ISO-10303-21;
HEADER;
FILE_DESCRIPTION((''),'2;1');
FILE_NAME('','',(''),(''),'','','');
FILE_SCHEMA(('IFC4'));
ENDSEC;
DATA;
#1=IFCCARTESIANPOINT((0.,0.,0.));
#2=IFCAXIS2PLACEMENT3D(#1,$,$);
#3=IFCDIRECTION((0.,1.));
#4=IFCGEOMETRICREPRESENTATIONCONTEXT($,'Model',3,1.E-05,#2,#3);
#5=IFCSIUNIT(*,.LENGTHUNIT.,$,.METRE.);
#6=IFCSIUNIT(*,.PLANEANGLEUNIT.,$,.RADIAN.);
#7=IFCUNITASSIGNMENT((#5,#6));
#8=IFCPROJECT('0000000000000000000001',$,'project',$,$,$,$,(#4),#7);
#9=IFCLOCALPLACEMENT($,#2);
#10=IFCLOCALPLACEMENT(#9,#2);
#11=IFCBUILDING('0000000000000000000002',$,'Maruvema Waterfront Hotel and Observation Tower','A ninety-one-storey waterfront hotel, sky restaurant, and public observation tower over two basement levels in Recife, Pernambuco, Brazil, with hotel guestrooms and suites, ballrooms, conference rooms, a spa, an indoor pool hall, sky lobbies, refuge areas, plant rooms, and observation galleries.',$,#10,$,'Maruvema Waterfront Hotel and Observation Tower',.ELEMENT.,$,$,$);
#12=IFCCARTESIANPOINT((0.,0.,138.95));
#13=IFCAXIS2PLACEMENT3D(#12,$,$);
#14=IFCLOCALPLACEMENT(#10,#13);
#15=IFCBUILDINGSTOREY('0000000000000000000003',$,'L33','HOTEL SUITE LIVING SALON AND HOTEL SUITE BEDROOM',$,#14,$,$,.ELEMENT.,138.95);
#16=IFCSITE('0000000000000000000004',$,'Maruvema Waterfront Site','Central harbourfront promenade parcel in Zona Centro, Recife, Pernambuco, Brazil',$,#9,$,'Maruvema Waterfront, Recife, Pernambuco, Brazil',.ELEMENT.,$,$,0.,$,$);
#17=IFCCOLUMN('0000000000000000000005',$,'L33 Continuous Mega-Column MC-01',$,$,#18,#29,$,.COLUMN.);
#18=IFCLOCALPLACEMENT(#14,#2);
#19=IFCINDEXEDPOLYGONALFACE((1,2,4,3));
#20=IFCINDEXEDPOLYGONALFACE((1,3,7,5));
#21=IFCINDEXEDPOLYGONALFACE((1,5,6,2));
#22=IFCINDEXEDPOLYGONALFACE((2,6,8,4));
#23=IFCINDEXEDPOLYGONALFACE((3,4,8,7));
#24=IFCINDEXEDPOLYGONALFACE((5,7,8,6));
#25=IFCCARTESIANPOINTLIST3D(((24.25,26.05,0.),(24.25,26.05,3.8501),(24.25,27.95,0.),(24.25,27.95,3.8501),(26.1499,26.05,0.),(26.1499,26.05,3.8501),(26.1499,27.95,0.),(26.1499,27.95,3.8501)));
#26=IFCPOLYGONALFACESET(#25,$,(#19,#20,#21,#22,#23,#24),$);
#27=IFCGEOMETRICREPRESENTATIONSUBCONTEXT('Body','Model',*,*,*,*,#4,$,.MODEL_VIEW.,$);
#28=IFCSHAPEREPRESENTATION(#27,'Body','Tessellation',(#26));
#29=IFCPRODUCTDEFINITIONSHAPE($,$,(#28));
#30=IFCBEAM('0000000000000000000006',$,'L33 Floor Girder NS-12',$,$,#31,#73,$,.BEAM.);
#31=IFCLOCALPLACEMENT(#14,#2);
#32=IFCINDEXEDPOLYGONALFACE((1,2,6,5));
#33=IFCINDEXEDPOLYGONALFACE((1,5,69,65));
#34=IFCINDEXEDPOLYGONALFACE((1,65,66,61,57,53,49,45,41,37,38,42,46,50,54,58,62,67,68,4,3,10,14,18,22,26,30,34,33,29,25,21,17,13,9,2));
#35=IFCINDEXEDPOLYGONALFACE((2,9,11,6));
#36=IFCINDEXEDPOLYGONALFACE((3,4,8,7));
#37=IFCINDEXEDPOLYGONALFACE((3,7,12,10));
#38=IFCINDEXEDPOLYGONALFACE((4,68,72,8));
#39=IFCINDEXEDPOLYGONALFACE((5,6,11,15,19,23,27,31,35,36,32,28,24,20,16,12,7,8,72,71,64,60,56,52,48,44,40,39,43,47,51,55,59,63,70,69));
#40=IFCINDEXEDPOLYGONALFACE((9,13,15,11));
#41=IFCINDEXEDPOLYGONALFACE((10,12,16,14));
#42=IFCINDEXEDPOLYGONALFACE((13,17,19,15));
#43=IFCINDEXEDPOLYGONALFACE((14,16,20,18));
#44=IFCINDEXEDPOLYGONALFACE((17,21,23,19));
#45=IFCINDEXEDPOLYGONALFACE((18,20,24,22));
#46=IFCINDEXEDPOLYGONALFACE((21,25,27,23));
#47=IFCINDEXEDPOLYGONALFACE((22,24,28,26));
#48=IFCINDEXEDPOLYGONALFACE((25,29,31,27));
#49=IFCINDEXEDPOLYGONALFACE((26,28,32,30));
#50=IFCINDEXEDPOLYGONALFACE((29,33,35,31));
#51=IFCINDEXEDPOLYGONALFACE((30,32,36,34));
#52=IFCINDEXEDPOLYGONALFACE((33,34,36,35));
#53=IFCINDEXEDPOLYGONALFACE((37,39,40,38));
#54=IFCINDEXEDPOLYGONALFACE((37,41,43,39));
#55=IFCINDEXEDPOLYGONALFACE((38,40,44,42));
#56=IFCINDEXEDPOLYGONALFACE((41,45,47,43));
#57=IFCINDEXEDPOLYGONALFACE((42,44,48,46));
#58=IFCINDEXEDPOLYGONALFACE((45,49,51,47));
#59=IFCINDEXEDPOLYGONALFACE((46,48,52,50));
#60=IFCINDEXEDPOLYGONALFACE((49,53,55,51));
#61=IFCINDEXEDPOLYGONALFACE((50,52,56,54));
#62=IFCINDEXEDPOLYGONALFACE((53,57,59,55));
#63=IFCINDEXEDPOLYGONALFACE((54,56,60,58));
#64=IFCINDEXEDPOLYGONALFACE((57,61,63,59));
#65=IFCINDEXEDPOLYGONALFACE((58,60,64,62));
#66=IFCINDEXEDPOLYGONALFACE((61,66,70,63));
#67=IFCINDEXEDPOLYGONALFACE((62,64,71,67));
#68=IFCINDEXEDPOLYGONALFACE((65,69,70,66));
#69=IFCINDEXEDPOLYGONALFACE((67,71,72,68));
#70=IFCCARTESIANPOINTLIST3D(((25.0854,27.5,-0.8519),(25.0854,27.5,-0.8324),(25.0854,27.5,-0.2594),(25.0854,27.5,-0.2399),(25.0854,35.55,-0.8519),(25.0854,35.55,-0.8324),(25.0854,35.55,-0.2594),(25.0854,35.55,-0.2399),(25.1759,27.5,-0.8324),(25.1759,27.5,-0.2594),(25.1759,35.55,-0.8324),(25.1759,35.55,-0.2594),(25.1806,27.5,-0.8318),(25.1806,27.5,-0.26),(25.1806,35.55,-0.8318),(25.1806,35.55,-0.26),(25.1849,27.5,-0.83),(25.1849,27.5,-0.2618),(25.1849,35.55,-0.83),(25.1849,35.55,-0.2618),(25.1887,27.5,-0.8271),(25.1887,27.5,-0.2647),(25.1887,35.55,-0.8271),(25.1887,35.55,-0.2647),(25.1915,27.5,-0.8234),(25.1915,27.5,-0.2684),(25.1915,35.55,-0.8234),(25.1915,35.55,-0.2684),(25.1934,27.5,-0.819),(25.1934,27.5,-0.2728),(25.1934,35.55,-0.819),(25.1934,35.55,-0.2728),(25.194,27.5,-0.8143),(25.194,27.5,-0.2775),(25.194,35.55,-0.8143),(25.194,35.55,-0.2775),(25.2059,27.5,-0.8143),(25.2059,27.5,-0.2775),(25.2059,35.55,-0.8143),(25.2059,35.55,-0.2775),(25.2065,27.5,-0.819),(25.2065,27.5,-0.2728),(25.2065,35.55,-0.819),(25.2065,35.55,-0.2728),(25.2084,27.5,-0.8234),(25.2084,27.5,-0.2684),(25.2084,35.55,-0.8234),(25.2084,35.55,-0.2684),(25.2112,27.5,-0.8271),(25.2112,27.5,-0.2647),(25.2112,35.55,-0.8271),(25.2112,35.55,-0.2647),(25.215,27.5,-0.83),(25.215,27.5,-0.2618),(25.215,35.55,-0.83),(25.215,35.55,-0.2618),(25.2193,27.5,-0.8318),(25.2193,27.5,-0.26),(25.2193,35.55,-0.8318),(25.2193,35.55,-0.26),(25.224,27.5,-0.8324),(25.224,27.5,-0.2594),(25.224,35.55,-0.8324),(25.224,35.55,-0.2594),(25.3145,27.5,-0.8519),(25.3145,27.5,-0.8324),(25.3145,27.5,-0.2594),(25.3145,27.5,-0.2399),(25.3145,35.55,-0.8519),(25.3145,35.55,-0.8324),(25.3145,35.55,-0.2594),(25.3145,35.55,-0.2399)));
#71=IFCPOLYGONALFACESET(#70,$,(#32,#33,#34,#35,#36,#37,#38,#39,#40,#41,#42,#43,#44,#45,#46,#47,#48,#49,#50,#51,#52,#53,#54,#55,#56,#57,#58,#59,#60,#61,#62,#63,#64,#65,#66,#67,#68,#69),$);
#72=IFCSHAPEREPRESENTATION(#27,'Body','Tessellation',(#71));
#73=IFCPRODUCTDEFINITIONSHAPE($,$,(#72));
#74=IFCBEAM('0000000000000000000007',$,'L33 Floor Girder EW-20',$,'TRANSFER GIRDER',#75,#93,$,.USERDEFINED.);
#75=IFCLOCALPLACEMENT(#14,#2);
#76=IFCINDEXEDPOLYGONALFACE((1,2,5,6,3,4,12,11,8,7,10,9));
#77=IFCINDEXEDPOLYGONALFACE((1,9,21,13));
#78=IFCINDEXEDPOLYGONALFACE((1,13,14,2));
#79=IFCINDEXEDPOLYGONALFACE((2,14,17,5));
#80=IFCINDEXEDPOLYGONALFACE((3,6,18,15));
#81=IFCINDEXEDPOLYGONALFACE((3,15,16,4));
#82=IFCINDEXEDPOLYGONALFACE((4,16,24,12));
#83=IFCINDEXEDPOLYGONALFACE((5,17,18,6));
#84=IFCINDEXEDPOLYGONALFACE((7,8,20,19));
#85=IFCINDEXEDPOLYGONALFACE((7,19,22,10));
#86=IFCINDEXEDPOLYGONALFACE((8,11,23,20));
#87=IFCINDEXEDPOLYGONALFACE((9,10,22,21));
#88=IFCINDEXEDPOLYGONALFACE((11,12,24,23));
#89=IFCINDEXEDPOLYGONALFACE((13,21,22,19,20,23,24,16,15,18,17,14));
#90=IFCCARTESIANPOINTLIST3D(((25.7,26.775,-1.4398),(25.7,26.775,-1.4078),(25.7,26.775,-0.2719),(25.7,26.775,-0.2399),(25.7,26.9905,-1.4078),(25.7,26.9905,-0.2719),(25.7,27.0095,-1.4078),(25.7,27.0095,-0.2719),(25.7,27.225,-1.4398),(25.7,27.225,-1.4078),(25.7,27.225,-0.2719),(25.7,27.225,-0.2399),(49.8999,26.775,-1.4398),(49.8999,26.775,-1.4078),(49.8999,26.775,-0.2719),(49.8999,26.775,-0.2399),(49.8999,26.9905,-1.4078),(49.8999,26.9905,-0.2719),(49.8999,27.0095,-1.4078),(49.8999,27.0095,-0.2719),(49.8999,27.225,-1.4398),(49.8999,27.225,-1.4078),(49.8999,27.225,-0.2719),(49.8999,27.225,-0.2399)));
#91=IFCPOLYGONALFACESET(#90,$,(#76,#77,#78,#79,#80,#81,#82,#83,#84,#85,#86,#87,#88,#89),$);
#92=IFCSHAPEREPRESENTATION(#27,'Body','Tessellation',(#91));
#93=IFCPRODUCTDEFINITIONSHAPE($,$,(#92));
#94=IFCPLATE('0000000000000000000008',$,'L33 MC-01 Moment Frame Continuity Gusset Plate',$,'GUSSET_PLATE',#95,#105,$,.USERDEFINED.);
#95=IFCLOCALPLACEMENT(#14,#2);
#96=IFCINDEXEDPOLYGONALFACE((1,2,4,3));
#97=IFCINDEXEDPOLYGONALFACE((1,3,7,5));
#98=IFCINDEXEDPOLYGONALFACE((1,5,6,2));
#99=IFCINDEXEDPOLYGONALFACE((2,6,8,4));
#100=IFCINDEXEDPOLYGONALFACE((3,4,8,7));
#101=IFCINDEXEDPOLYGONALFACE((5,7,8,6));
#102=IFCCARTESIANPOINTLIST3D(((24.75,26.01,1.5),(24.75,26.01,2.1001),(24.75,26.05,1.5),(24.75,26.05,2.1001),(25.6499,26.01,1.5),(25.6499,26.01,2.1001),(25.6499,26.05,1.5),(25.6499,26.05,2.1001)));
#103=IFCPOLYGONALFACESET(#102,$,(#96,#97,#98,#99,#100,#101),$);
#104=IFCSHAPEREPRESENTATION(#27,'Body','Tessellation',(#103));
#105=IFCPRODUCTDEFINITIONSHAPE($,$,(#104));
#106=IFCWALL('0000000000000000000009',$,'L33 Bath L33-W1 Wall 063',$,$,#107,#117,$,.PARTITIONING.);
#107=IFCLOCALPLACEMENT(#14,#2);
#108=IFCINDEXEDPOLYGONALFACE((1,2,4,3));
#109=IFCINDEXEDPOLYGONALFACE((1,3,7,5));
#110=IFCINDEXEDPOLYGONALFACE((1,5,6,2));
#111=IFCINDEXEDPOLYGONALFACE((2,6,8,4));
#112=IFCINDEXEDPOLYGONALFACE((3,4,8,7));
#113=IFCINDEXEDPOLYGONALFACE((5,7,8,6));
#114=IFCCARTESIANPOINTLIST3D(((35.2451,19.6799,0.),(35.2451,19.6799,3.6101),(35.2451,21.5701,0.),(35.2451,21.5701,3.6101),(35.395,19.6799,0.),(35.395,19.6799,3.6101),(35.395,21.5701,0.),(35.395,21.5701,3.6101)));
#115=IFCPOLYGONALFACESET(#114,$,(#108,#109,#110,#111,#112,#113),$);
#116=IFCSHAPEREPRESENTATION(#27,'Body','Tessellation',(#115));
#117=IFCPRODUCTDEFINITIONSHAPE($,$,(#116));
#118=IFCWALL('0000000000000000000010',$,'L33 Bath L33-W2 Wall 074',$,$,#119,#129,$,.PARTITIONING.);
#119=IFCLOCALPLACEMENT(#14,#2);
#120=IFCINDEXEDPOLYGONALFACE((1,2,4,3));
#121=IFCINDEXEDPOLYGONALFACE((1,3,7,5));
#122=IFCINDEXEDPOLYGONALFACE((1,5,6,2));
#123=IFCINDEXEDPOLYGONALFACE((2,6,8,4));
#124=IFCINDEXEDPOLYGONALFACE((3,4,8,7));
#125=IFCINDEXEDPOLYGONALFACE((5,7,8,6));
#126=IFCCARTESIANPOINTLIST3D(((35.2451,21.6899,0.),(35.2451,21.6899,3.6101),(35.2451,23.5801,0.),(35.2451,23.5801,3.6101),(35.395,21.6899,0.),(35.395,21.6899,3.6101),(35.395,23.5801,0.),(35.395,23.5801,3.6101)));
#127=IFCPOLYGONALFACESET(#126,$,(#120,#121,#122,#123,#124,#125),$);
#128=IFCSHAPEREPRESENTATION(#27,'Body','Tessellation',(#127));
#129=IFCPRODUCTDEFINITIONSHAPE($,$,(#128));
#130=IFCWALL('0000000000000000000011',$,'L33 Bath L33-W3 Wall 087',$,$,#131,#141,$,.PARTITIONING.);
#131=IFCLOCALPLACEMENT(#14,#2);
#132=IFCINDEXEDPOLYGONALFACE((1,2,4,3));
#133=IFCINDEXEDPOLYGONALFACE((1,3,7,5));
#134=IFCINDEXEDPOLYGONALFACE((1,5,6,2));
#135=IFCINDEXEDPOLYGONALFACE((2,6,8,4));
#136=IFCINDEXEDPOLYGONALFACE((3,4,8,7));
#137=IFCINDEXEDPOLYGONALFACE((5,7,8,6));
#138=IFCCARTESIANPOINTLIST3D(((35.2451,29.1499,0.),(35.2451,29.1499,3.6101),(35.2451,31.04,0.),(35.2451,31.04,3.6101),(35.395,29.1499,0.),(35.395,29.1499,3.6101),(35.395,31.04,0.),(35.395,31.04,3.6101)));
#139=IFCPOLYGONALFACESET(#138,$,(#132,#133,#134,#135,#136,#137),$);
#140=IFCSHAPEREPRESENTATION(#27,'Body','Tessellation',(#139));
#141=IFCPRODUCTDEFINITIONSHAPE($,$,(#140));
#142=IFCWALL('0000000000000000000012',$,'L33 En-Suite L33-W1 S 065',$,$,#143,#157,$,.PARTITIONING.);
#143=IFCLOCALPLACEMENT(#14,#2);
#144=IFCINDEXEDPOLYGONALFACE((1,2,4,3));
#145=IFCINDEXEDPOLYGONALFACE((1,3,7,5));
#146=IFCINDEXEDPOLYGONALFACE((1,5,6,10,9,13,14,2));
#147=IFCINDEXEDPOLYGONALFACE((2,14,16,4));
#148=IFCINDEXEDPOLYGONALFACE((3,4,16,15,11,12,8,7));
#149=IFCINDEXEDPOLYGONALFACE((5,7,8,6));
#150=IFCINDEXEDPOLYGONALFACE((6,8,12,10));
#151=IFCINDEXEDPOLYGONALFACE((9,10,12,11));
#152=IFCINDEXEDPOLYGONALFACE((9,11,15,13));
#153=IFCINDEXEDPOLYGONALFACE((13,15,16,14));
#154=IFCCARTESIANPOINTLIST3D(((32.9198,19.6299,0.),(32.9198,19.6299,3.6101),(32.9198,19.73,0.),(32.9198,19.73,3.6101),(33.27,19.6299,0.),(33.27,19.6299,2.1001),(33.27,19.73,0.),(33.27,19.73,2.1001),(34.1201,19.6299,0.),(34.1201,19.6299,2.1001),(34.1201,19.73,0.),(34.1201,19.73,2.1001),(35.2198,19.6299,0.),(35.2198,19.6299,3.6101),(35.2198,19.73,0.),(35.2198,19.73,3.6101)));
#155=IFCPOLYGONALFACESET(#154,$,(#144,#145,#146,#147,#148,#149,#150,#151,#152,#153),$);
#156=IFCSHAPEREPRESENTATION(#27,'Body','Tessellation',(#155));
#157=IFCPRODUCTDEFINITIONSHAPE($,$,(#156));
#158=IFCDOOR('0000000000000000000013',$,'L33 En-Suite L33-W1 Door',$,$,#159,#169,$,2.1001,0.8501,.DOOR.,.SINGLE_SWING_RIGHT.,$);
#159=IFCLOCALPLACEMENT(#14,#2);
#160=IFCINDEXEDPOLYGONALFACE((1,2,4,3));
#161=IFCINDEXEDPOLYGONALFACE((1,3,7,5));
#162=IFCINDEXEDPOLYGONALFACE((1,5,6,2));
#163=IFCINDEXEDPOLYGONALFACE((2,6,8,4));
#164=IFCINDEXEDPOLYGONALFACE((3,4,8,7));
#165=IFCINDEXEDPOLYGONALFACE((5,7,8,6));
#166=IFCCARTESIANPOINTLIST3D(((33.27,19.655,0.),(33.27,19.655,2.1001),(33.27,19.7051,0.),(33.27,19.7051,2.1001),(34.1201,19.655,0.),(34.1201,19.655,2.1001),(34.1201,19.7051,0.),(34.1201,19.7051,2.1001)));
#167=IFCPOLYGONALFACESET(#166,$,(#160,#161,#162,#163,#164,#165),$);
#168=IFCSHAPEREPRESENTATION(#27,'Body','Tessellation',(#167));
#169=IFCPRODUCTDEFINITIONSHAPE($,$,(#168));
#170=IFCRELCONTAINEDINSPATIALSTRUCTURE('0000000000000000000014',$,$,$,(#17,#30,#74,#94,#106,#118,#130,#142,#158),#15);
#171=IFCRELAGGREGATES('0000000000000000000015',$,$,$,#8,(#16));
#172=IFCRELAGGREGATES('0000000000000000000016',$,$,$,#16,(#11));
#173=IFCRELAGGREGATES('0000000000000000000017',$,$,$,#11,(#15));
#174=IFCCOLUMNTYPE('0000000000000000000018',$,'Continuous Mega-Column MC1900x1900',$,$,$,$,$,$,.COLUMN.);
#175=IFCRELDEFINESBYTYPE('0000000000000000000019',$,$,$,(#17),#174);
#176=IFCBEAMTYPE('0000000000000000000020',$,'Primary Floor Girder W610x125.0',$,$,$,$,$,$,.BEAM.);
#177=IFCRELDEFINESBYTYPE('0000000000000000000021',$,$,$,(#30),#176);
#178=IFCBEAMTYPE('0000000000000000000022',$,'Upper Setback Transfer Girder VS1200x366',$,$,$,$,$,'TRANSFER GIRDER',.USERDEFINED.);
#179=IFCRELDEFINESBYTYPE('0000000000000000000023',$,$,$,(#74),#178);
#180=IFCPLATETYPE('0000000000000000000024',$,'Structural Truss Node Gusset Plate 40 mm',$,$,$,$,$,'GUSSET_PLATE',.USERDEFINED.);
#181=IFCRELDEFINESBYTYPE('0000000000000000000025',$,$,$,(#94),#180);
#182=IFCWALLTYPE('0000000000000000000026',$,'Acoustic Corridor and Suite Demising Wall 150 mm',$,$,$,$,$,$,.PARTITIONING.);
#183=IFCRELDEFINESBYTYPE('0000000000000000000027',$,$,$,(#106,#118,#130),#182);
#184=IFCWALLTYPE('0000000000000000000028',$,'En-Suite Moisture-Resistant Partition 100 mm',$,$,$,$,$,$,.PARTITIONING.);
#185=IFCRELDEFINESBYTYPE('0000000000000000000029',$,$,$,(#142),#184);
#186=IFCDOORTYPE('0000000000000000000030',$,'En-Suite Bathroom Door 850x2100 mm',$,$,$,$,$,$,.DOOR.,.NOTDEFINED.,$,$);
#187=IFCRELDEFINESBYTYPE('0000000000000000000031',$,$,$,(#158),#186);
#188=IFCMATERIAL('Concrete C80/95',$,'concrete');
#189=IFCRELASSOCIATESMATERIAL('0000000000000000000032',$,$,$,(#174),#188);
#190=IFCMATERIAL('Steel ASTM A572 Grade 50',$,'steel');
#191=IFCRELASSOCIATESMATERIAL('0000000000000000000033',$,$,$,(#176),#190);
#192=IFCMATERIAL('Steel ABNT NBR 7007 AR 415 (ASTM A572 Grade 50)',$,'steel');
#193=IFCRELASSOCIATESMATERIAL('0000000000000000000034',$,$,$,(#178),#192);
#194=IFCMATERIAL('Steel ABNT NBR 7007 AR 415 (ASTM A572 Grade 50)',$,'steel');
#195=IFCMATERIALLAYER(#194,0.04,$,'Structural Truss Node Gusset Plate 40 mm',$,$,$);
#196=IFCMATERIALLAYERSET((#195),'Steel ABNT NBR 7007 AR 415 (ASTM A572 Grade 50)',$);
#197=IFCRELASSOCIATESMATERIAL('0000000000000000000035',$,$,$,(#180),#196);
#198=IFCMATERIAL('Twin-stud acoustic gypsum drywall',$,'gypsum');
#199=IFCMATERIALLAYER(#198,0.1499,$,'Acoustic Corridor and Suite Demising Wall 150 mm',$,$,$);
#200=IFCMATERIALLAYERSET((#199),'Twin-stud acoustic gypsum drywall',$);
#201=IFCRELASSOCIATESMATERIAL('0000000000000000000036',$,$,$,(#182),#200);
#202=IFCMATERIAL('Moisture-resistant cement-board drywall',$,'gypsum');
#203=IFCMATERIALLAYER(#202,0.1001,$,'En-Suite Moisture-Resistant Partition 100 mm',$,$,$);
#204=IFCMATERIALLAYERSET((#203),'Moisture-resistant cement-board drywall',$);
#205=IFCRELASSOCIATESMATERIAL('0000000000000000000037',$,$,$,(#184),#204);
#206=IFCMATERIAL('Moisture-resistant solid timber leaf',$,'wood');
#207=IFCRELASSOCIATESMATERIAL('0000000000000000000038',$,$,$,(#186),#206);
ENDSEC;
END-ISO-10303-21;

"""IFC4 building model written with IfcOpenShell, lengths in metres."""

from ifc_helpers import new_model, si_unit, direction, frame, frame_2d, origin, origin_2d, place, context, subcontext, project, spatial, rectangle, i_section, extrude, material, layer, layer_set, material_profile, profile_set, type_object, element, fill, save


model = new_model("IFC4")

# Units and contexts
model_context = context("Model", 3, precision=1e-05, world=origin(), true_north=direction((0.0, 1.0)))
body_context = subcontext(model_context, "Body", "Model", "MODEL_VIEW")
ifc_project = project(units=[si_unit("LENGTHUNIT", "METRE"), si_unit("PLANEANGLEUNIT", "RADIAN")], contexts=[model_context])

# Site, building, storey
site_placement = place(None, origin())
site = spatial("IfcSite", under=ifc_project, at=site_placement, Name="Maruvema Waterfront Site", Description="Central harbourfront promenade parcel in Zona Centro, Recife, Pernambuco, Brazil", LongName="Maruvema Waterfront, Recife, Pernambuco, Brazil", CompositionType="ELEMENT", RefElevation=0.0)
building_placement = place(site_placement, origin())
building = spatial("IfcBuilding", under=site, at=building_placement, Name="Maruvema Waterfront Hotel and Observation Tower", Description="A ninety-one-storey waterfront hotel, sky restaurant, and public observation tower over two basement levels in Recife, Pernambuco, Brazil, with hotel guestrooms and suites, ballrooms, conference rooms, a spa, an indoor pool hall, sky lobbies, refuge areas, plant rooms, and observation galleries.", LongName="Maruvema Waterfront Hotel and Observation Tower", CompositionType="ELEMENT")
storey_placement = place(building_placement, frame((0.0, 0.0, 138.95)))
storey = spatial("IfcBuildingStorey", under=building, at=storey_placement, Name="L33", Description="HOTEL SUITE LIVING SALON AND HOTEL SUITE BEDROOM", CompositionType="ELEMENT", Elevation=138.95)

# Column
ifc_material_1 = material(Name="Concrete C80/95", Category="concrete")
ifc_material_profile_1 = material_profile(ifc_material_1, rectangle(XDim=1.8999, YDim=1.8999, at=origin_2d()), Name="MC1900x1900")
ifc_profile_set_1 = profile_set([ifc_material_profile_1], Name="Concrete C80/95")
column_type = type_object("IfcColumnType", Name="Continuous Mega-Column MC1900x1900", PredefinedType="COLUMN", material=ifc_profile_set_1)
column_placement = place(storey_placement, frame((25.2, 27.0, 0.0), z_axis=(0.0, 0.0, 1.0), x_axis=(1.0, 0.0, 0.0)))
element("IfcColumn", 1, at=column_placement, inside=storey, type_object=column_type, Name="L33 Continuous Mega-Column MC-01", PredefinedType="COLUMN", context=body_context, shape_type="SweptSolid", body=[
    extrude(rectangle(XDim=1.8999, YDim=1.8999, at=origin_2d()), origin(), (0.0, 0.0, 1.0), 3.8501),
])

# Beams
ifc_material_2 = material(Name="Steel ASTM A572 Grade 50", Category="steel")
ifc_material_profile_2 = material_profile(ifc_material_2, i_section(OverallWidth=0.229, OverallDepth=0.6121, WebThickness=0.012, FlangeThickness=0.0195, FilletRadius=0.0181, at=origin_2d()), Name="W610x125.0")
ifc_profile_set_2 = profile_set([ifc_material_profile_2], Name="Steel ASTM A572 Grade 50")
beam_type_1 = type_object("IfcBeamType", Name="Primary Floor Girder W610x125.0", PredefinedType="BEAM", material=ifc_profile_set_2)
beam_1_placement = place(storey_placement, frame((25.2, 27.5, -0.5459), z_axis=(0.0, 1.0, 0.0), x_axis=(-1.0, 0.0, 0.0)))
element("IfcBeam", 2, at=beam_1_placement, inside=storey, type_object=beam_type_1, Name="L33 Floor Girder NS-12", PredefinedType="BEAM", context=body_context, shape_type="SweptSolid", body=[
    extrude(i_section(OverallWidth=0.229, OverallDepth=0.6121, WebThickness=0.012, FlangeThickness=0.0195, FilletRadius=0.0181, at=origin_2d()), origin(), (0.0, 0.0, 1.0), 8.05),
])
ifc_material_3 = material(Name="Steel ABNT NBR 7007 AR 415 (ASTM A572 Grade 50)", Category="steel")
ifc_material_profile_3 = material_profile(ifc_material_3, i_section(OverallWidth=0.45, OverallDepth=1.2, WebThickness=0.019, FlangeThickness=0.032, at=origin_2d()), Name="VS1200x366")
ifc_profile_set_3 = profile_set([ifc_material_profile_3], Name="Steel ABNT NBR 7007 AR 415 (ASTM A572 Grade 50)")
beam_type_2 = type_object("IfcBeamType", Name="Upper Setback Transfer Girder VS1200x366", ElementType="TRANSFER GIRDER", PredefinedType="USERDEFINED", material=ifc_profile_set_3)
beam_2_placement = place(storey_placement, frame((25.7, 27.0, -0.8398), z_axis=(1.0, 0.0, 0.0), x_axis=(0.0, 1.0, 0.0)))
element("IfcBeam", 3, at=beam_2_placement, inside=storey, type_object=beam_type_2, Name="L33 Floor Girder EW-20", ObjectType="TRANSFER GIRDER", PredefinedType="USERDEFINED", context=body_context, shape_type="SweptSolid", body=[
    extrude(i_section(OverallWidth=0.45, OverallDepth=1.2, WebThickness=0.019, FlangeThickness=0.032, at=origin_2d()), origin(), (0.0, 0.0, 1.0), 24.2),
])

# Plate
ifc_material_4 = material(Name="Steel ABNT NBR 7007 AR 415 (ASTM A572 Grade 50)", Category="steel")
ifc_layer_1 = layer(ifc_material_4, 0.04, Name="Structural Truss Node Gusset Plate 40 mm")
ifc_layer_set_1 = layer_set([ifc_layer_1], Name="Steel ABNT NBR 7007 AR 415 (ASTM A572 Grade 50)")
plate_type = type_object("IfcPlateType", Name="Structural Truss Node Gusset Plate 40 mm", ElementType="GUSSET_PLATE", PredefinedType="USERDEFINED", material=ifc_layer_set_1)
plate_placement = place(storey_placement, frame((25.2, 26.03, 1.5), z_axis=(0.0, 0.0, 1.0), x_axis=(1.0, 0.0, 0.0)))
element("IfcPlate", 4, at=plate_placement, inside=storey, type_object=plate_type, Name="L33 MC-01 Moment Frame Continuity Gusset Plate", ObjectType="GUSSET_PLATE", PredefinedType="USERDEFINED", context=body_context, shape_type="SweptSolid", body=[
    extrude(rectangle(XDim=0.8999, YDim=0.04, at=origin_2d()), origin(), (0.0, 0.0, 1.0), 0.6001),
])

# Walls
ifc_material_5 = material(Name="Twin-stud acoustic gypsum drywall", Category="gypsum")
ifc_layer_2 = layer(ifc_material_5, 0.1499, Name="Acoustic Corridor and Suite Demising Wall 150 mm")
ifc_layer_set_2 = layer_set([ifc_layer_2], Name="Twin-stud acoustic gypsum drywall")
wall_type_1 = type_object("IfcWallType", Name="Acoustic Corridor and Suite Demising Wall 150 mm", PredefinedType="PARTITIONING", material=ifc_layer_set_2)
for number, where, z_axis, x_axis, name in (
    (5, (35.3201, 19.6799, 0.0), (0.0, 0.0, 1.0), (0.0, 1.0, 0.0), "L33 Bath L33-W1 Wall 063"),
    (6, (35.3201, 21.6899, 0.0), (0.0, 0.0, 1.0), (0.0, 1.0, 0.0), "L33 Bath L33-W2 Wall 074"),
):
    element("IfcWall", number, at=place(storey_placement, frame(where, z_axis=z_axis, x_axis=x_axis)), inside=storey, type_object=wall_type_1, Name=name, PredefinedType="PARTITIONING", context=body_context, shape_type="SweptSolid", body=[
        extrude(rectangle(XDim=1.8901, YDim=0.1499, at=frame_2d((0.9451, 0.0))), origin(), (0.0, 0.0, 1.0), 3.6101),
    ])

# Wall
wall_1_placement = place(storey_placement, frame((35.3201, 29.1499, 0.0), z_axis=(0.0, 0.0, 1.0), x_axis=(0.0, 1.0, 0.0)))
element("IfcWall", 7, at=wall_1_placement, inside=storey, type_object=wall_type_1, Name="L33 Bath L33-W3 Wall 087", PredefinedType="PARTITIONING", context=body_context, shape_type="SweptSolid", body=[
    extrude(rectangle(XDim=1.8901, YDim=0.1499, at=frame_2d((0.9451, 0.0))), origin(), (0.0, 0.0, 1.0), 3.6101),
])

# Wall, opening, door
ifc_material_6 = material(Name="Moisture-resistant cement-board drywall", Category="gypsum")
ifc_layer_3 = layer(ifc_material_6, 0.1001, Name="En-Suite Moisture-Resistant Partition 100 mm")
ifc_layer_set_3 = layer_set([ifc_layer_3], Name="Moisture-resistant cement-board drywall")
wall_type_2 = type_object("IfcWallType", Name="En-Suite Moisture-Resistant Partition 100 mm", PredefinedType="PARTITIONING", material=ifc_layer_set_3)
wall_2_placement = place(storey_placement, frame((32.9199, 19.6799, 0.0), z_axis=(0.0, 0.0, 1.0), x_axis=(1.0, 0.0, 0.0)))
wall_2 = element("IfcWall", 8, at=wall_2_placement, inside=storey, type_object=wall_type_2, Name="L33 En-Suite L33-W1 S 065", PredefinedType="PARTITIONING", context=body_context, shape_type="SweptSolid", body=[
    extrude(rectangle(XDim=2.3, YDim=0.1001, at=frame_2d((1.1499, 0.0))), origin(), (0.0, 0.0, 1.0), 3.6101),
])
opening_1_placement = place(wall_2_placement, frame((0.3501, 0.0, 0.0)))
opening_1 = element("IfcOpeningElement", 9, at=opening_1_placement, cuts=wall_2, PredefinedType="OPENING", context=body_context, shape_type="SweptSolid", body=[
    extrude(rectangle(XDim=0.8501, YDim=2.1001, at=frame_2d((0.425, 1.05))), frame((0.0, 0.0601, 0.0), z_axis=(0.0, -1.0, 0.0), x_axis=(1.0, 0.0, 0.0)), (0.0, 0.0, 1.0), 0.1201),
])
ifc_material_7 = material(Name="Moisture-resistant solid timber leaf", Category="wood")
door_type_1 = type_object("IfcDoorType", Name="En-Suite Bathroom Door 850x2100 mm", OperationType="NOTDEFINED", PredefinedType="DOOR", material=ifc_material_7)
door_1_placement = place(opening_1_placement, frame((0.8501, 0.0, 0.0), z_axis=(0.0, 0.0, 1.0), x_axis=(-1.0, 0.0, 0.0)))
door_1 = element("IfcDoor", 10, at=door_1_placement, inside=storey, type_object=door_type_1, Name="L33 En-Suite L33-W1 Door", OperationType="SINGLE_SWING_RIGHT", OverallHeight=2.1001, OverallWidth=0.8501, PredefinedType="DOOR", context=body_context, shape_type="SweptSolid", body=[
    extrude(rectangle(XDim=0.8501, YDim=2.1001, at=frame_2d((0.425, 1.05))), frame((0.0, 0.0249, 0.0), z_axis=(0.0, -1.0, 0.0), x_axis=(1.0, 0.0, 0.0)), (0.0, 0.0, 1.0), 0.05),
])
fill(opening_1, door_1)

save(model, "model.ifc")
